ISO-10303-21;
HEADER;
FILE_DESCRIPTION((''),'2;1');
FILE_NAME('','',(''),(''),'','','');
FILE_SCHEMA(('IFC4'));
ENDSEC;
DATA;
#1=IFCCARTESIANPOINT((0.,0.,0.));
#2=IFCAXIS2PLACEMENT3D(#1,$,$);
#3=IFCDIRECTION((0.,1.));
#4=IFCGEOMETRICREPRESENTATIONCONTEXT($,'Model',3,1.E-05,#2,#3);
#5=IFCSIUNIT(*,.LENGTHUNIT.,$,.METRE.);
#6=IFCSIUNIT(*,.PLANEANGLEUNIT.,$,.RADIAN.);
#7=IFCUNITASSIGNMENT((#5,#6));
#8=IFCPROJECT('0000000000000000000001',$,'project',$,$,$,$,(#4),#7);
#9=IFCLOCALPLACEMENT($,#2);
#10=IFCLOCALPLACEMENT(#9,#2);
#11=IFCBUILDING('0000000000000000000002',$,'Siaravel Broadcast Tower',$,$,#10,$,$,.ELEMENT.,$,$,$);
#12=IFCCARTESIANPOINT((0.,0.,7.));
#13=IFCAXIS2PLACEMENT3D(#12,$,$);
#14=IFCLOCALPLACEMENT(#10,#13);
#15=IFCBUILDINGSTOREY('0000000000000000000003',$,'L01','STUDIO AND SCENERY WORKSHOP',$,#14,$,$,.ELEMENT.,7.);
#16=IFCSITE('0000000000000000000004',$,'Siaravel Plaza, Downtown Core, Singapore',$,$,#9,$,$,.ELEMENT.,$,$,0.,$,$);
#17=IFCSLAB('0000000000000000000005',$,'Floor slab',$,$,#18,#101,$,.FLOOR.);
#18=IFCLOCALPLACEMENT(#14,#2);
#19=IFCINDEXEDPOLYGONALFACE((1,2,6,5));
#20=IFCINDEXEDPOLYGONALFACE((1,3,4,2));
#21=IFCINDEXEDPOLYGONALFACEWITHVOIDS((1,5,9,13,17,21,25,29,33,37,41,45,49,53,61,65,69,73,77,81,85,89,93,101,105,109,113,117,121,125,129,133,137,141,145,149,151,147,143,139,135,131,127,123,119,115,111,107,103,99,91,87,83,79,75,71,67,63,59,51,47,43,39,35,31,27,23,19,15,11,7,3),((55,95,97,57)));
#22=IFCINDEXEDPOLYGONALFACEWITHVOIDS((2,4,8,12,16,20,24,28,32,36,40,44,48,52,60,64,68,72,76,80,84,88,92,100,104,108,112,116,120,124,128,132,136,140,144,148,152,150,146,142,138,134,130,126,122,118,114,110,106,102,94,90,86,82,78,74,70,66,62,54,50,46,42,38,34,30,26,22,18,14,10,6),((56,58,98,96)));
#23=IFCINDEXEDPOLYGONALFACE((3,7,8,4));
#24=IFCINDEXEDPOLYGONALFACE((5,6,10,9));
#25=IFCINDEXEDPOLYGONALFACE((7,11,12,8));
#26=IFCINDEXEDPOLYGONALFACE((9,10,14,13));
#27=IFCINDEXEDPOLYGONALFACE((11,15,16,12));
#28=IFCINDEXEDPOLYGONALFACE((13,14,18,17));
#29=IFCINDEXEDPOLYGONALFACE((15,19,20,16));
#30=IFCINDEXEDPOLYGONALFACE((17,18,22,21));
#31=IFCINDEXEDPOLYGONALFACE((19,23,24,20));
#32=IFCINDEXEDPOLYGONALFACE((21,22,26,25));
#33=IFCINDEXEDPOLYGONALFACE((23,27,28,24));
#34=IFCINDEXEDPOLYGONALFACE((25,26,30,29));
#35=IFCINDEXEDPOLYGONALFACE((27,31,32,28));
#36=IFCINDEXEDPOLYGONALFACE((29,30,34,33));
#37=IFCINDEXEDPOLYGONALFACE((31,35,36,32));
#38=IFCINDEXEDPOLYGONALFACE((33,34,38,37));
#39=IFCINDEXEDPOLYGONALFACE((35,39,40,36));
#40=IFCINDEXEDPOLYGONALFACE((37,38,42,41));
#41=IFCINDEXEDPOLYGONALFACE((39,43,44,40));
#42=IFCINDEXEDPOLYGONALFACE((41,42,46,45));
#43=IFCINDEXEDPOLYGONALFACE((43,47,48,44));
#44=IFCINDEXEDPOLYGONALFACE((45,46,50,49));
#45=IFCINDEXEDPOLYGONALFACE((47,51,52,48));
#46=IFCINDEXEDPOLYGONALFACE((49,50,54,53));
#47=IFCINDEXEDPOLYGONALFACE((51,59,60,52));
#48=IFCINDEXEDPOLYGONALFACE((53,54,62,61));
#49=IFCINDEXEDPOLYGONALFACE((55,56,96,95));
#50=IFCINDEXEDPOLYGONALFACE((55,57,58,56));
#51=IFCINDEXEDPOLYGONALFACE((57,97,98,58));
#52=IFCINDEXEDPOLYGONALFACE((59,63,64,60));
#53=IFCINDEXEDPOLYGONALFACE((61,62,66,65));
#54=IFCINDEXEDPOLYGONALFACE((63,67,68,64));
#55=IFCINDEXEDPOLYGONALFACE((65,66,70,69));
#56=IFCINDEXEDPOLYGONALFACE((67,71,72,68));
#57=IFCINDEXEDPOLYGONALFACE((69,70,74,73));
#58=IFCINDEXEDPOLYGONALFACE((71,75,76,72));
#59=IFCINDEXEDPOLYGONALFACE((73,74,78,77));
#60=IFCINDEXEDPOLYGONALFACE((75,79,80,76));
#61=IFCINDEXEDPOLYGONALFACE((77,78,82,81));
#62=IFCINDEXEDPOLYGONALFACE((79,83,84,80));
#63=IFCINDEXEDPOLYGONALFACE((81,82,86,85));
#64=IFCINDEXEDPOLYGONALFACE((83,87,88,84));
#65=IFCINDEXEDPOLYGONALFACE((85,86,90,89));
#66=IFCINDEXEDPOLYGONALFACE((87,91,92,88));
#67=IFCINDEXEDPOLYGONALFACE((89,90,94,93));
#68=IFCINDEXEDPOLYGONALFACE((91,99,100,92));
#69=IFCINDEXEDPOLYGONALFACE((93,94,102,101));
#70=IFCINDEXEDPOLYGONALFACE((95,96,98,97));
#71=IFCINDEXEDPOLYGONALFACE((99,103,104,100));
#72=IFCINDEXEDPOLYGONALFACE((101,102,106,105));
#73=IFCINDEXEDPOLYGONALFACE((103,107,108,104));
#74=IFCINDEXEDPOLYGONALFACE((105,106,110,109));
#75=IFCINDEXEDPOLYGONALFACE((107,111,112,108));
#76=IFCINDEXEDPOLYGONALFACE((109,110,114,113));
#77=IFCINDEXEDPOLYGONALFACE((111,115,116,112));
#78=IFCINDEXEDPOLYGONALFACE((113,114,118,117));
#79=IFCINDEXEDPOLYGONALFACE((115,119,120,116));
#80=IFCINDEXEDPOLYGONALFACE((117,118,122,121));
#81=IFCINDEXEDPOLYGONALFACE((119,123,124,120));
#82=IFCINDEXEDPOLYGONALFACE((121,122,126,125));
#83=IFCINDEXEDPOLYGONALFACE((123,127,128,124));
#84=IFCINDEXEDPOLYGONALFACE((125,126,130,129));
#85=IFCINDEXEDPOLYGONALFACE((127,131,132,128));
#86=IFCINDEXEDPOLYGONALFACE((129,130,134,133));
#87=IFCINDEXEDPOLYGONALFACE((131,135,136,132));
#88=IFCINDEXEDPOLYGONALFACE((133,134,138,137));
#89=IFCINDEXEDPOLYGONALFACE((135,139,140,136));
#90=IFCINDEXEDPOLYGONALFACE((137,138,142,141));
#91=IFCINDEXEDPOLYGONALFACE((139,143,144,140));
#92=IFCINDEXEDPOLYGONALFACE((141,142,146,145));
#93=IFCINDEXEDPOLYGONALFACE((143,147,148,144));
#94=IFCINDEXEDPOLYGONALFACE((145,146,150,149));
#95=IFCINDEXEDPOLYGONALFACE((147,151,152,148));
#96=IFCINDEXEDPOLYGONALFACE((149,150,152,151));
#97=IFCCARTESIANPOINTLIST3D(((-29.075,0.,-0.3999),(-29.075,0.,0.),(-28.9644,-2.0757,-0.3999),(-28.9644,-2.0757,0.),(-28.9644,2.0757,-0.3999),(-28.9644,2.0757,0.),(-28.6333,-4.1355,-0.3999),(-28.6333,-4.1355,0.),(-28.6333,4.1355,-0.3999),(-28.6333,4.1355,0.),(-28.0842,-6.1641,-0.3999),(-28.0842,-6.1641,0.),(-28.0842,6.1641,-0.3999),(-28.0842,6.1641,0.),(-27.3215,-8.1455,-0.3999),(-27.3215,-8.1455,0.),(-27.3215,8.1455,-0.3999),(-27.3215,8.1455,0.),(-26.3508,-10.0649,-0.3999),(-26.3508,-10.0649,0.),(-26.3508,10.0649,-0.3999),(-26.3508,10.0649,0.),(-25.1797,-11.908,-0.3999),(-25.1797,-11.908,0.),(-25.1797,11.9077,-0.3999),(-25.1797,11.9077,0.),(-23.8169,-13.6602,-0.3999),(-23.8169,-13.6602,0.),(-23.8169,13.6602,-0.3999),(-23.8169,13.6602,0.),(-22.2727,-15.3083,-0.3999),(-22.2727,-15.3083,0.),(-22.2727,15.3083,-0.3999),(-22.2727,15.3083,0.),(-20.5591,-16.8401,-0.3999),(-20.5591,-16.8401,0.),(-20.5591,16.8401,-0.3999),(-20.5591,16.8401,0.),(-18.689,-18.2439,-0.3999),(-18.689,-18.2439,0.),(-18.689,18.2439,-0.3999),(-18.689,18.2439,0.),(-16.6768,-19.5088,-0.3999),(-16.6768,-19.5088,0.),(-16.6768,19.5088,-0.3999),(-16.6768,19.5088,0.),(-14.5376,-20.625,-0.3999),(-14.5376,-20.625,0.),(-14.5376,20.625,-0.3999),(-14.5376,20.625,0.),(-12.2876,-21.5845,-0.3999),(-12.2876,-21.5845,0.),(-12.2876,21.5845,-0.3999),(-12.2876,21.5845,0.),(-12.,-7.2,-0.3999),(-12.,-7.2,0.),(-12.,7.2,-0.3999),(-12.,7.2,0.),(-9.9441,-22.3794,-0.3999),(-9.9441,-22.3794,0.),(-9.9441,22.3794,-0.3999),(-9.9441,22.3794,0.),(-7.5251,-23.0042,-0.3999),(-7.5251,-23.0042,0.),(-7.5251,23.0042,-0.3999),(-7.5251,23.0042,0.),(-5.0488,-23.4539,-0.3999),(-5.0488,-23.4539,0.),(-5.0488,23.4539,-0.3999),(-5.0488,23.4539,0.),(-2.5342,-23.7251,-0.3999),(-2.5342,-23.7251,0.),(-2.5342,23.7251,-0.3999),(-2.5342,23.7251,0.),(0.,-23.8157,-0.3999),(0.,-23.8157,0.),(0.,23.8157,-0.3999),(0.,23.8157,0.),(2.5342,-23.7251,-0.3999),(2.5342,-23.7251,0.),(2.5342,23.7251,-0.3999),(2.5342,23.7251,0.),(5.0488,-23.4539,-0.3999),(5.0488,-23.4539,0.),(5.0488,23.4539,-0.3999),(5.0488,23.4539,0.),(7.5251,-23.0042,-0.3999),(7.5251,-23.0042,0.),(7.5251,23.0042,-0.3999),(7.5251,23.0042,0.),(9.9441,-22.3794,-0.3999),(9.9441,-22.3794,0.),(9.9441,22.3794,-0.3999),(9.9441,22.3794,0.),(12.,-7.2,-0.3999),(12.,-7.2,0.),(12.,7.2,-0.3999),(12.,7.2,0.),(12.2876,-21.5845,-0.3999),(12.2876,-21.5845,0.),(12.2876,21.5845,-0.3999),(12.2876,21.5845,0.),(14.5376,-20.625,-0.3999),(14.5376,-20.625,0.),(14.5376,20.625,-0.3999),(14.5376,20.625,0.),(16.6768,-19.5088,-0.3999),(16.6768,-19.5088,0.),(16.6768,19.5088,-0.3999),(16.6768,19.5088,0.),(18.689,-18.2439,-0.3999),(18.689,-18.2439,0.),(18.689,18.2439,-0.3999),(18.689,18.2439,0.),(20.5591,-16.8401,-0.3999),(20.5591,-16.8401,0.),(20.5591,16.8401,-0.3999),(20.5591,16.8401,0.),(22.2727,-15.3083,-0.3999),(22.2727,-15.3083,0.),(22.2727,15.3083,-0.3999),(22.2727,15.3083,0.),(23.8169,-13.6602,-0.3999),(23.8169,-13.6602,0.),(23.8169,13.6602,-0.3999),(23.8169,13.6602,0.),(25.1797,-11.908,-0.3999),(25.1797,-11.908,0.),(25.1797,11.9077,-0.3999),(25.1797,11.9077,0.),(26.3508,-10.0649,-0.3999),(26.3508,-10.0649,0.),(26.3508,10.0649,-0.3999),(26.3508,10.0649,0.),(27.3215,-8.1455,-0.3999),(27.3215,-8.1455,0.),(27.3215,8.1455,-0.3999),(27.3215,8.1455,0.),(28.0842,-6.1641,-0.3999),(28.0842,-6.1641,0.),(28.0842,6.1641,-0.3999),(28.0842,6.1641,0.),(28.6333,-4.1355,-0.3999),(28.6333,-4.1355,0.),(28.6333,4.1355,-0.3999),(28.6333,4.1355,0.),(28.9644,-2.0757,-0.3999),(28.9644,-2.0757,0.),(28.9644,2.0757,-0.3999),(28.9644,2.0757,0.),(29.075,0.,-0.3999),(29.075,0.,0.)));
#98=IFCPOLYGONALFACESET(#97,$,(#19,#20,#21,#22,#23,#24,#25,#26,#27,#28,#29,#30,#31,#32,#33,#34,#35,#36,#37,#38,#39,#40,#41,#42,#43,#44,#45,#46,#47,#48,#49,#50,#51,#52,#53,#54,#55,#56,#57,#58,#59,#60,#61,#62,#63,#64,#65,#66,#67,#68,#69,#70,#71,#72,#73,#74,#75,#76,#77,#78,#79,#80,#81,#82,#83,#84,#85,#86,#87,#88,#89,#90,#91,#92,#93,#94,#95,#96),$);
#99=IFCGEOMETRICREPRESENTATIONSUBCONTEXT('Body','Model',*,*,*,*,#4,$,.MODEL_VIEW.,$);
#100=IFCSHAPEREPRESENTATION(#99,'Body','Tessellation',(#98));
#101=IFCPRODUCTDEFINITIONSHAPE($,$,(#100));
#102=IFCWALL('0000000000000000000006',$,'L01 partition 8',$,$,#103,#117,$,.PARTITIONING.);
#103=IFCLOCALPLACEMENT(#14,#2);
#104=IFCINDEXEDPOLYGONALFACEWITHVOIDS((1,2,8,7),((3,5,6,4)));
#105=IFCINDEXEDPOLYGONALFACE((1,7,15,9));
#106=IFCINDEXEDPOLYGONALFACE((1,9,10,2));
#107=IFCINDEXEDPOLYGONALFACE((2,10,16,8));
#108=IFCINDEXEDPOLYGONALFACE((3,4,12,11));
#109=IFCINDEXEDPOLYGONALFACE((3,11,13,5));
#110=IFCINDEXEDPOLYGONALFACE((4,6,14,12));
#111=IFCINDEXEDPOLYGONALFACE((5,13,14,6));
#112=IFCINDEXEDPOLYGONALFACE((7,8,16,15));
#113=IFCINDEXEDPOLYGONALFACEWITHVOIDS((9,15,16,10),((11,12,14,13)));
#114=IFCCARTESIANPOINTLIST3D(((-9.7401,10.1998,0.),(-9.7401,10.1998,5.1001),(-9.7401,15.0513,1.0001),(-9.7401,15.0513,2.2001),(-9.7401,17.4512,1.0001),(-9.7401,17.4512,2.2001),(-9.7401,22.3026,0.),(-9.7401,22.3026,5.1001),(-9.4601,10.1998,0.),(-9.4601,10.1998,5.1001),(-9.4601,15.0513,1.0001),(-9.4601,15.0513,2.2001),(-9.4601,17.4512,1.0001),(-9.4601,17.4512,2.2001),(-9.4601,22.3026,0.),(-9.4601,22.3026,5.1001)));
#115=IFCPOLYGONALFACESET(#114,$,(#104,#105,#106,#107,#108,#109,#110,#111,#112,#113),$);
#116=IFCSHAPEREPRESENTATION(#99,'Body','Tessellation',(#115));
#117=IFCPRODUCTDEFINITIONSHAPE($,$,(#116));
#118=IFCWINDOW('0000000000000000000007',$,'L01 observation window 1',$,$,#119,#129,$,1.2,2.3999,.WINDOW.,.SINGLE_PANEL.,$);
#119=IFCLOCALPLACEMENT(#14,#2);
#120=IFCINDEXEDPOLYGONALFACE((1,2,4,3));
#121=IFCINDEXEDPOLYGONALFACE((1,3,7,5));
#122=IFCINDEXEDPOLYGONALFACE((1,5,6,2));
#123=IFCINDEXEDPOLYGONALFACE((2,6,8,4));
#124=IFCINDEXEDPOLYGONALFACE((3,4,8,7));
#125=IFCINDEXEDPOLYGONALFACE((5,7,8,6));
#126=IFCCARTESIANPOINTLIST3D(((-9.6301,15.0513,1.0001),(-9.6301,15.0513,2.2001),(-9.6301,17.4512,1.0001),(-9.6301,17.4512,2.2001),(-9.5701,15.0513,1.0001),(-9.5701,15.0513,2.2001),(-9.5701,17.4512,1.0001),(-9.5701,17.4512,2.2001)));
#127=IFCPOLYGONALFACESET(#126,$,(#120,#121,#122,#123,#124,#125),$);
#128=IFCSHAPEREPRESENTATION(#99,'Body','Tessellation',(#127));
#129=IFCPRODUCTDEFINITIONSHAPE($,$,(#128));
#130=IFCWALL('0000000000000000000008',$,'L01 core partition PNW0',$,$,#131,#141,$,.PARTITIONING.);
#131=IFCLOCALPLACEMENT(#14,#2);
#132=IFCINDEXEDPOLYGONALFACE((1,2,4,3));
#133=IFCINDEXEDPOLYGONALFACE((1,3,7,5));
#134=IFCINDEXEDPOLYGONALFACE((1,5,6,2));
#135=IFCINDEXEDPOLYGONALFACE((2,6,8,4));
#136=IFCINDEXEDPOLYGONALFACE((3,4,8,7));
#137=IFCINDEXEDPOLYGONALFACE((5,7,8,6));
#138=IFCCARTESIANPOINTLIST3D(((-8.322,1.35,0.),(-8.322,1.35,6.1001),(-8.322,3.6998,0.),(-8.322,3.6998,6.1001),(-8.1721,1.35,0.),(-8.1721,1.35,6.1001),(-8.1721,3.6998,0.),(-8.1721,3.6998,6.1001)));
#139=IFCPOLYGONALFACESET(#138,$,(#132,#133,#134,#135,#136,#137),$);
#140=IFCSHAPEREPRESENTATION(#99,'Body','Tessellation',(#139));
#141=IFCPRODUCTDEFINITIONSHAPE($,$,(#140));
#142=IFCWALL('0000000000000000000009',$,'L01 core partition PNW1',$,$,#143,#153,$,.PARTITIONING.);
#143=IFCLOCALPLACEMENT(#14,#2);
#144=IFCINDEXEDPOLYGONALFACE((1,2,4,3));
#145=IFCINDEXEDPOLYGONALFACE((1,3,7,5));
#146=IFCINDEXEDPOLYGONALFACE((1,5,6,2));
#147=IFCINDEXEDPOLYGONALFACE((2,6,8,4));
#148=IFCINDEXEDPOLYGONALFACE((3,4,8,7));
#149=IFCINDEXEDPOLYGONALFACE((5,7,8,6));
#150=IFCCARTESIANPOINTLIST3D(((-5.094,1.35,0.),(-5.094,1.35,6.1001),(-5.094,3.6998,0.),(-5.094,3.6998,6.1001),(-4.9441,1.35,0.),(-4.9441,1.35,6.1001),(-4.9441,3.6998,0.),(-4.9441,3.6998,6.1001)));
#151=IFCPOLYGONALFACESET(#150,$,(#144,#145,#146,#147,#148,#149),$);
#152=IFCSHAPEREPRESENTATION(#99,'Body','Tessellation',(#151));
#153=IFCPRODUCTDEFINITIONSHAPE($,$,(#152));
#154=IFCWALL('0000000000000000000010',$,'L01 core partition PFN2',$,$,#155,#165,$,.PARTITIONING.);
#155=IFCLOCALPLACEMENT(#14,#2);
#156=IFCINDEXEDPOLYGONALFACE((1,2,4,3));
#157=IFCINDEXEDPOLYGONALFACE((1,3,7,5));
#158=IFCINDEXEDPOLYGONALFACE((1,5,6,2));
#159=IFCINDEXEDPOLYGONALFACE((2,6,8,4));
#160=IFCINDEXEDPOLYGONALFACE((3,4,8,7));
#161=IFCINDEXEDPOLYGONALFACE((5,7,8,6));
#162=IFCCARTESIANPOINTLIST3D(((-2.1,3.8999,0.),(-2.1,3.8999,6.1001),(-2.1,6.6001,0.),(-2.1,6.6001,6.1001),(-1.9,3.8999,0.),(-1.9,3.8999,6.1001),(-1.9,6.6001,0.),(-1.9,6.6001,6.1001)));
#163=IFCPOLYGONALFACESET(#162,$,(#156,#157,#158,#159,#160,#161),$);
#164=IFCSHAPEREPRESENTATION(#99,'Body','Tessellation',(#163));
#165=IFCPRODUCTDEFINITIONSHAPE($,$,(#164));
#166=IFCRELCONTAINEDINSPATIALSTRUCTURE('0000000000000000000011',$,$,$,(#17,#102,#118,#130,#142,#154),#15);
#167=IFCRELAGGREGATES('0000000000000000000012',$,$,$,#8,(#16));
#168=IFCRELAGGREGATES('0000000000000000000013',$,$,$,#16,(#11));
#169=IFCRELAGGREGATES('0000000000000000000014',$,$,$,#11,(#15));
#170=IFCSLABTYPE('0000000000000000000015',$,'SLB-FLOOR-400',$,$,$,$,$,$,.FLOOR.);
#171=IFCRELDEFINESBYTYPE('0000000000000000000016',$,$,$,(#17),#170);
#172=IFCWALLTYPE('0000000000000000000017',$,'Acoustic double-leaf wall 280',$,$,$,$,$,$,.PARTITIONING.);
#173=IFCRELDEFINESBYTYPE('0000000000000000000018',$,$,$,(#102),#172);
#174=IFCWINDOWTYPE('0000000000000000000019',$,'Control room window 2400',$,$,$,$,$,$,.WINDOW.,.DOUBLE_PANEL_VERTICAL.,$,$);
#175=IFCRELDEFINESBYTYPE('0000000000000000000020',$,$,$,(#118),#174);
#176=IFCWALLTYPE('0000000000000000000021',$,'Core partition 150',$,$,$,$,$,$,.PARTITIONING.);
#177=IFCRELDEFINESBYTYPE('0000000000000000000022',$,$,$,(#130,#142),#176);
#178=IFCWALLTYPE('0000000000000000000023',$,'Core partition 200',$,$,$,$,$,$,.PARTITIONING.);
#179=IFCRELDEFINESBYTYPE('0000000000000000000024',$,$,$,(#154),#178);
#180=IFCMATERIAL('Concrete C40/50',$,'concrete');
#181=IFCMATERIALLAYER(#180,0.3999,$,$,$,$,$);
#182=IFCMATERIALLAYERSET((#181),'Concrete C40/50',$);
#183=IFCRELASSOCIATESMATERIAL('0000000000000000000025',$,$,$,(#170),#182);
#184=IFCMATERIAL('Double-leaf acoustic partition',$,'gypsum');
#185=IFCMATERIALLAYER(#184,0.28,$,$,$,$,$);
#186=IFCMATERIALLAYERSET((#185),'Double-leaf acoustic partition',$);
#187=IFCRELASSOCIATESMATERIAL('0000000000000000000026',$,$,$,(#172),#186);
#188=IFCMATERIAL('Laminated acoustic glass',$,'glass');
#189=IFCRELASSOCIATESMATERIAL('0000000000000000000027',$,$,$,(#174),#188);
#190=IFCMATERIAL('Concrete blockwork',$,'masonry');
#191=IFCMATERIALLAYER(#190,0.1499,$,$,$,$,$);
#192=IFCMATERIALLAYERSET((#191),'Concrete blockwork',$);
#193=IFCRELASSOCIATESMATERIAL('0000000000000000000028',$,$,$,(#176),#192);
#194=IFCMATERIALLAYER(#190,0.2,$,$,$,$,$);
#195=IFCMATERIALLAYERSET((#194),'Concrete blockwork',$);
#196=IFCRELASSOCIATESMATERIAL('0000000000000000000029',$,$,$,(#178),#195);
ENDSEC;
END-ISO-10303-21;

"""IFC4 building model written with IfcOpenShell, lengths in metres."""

from ifc_helpers import new_model, si_unit, direction, frame, frame_2d, origin, place, context, subcontext, project, spatial, polyline, rectangle, outline, extrude, material, layer, layer_set, type_object, element, fill, save


model = new_model("IFC4")

# Units and contexts
model_context = context("Model", 3, precision=1e-05, world=origin(), true_north=direction((0.0, 1.0)))
body_context = subcontext(model_context, "Body", "Model", "MODEL_VIEW")
ifc_project = project(units=[si_unit("LENGTHUNIT", "METRE"), si_unit("PLANEANGLEUNIT", "RADIAN")], contexts=[model_context])

# Site, building, storey
site_placement = place(None, origin())
site = spatial("IfcSite", under=ifc_project, at=site_placement, Name="Siaravel Plaza, Downtown Core, Singapore", CompositionType="ELEMENT", RefElevation=0.0)
building_placement = place(site_placement, origin())
building = spatial("IfcBuilding", under=site, at=building_placement, Name="Siaravel Broadcast Tower", CompositionType="ELEMENT")
storey_placement = place(building_placement, frame((0.0, 0.0, 7.0)))
storey = spatial("IfcBuildingStorey", under=building, at=storey_placement, Name="L01", Description="STUDIO AND SCENERY WORKSHOP", CompositionType="ELEMENT", Elevation=7.0)

# Slab
ifc_material_1 = material(Name="Concrete C40/50", Category="concrete")
ifc_layer_1 = layer(ifc_material_1, 0.3999)
ifc_layer_set_1 = layer_set([ifc_layer_1], Name="Concrete C40/50")
slab_type = type_object("IfcSlabType", Name="SLB-FLOOR-400", PredefinedType="FLOOR", material=ifc_layer_set_1)
slab_placement = place(storey_placement, frame((0.0, 0.0, -0.3999)))
element("IfcSlab", 1, at=slab_placement, inside=storey, type_object=slab_type, Name="Floor slab", PredefinedType="FLOOR", context=body_context, shape_type="SweptSolid", body=[
    extrude(outline(polyline([(29.075, 0.0), (28.9644, 2.0757), (28.6333, 4.1355), (28.0842, 6.1641), (27.3215, 8.1455), (26.3508, 10.0649), (25.1797, 11.9077), (23.8169, 13.6602), (22.2727, 15.3083), (20.5591, 16.8401), (18.689, 18.2439), (16.6768, 19.5088), (14.5376, 20.625), (12.2876, 21.5845), (9.9441, 22.3794), (7.5251, 23.0042), (5.0488, 23.4539), (2.5342, 23.7251), (0.0, 23.8157), (-2.5342, 23.7251), (-5.0488, 23.4539), (-7.5251, 23.0042), (-9.9441, 22.3794), (-12.2876, 21.5845), (-14.5376, 20.625), (-16.6768, 19.5088), (-18.689, 18.2439), (-20.5591, 16.8401), (-22.2727, 15.3083), (-23.8169, 13.6602), (-25.1797, 11.9077), (-26.3508, 10.0649), (-27.3215, 8.1455), (-28.0842, 6.1641), (-28.6333, 4.1355), (-28.9644, 2.0757), (-29.075, 0.0), (-28.9644, -2.0757), (-28.6333, -4.1355), (-28.0842, -6.1641), (-27.3215, -8.1455), (-26.3508, -10.0649), (-25.1797, -11.908), (-23.8169, -13.6602), (-22.2727, -15.3083), (-20.5591, -16.8401), (-18.689, -18.2439), (-16.6768, -19.5088), (-14.5376, -20.625), (-12.2876, -21.5845), (-9.9441, -22.3794), (-7.5251, -23.0042), (-5.0488, -23.4539), (-2.5342, -23.7251), (0.0, -23.8157), (2.5342, -23.7251), (5.0488, -23.4539), (7.5251, -23.0042), (9.9441, -22.3794), (12.2876, -21.5845), (14.5376, -20.625), (16.6768, -19.5088), (18.689, -18.2439), (20.5591, -16.8401), (22.2727, -15.3083), (23.8169, -13.6602), (25.1797, -11.908), (26.3508, -10.0649), (27.3215, -8.1455), (28.0842, -6.1641), (28.6333, -4.1355), (28.9644, -2.0757), (29.075, 0.0)]), holes=[polyline([(-12.0, 7.2), (12.0, 7.2), (12.0, -7.2), (-12.0, -7.2), (-12.0, 7.2)])]), origin(), (0.0, 0.0, 1.0), 0.3999),
])

# Wall, opening, window
ifc_material_2 = material(Name="Double-leaf acoustic partition", Category="gypsum")
ifc_layer_2 = layer(ifc_material_2, 0.28)
ifc_layer_set_2 = layer_set([ifc_layer_2], Name="Double-leaf acoustic partition")
wall_type_1 = type_object("IfcWallType", Name="Acoustic double-leaf wall 280", PredefinedType="PARTITIONING", material=ifc_layer_set_2)
wall_1_placement = place(storey_placement, frame((-9.6001, 10.2, 0.0), z_axis=(0.0, 0.0, 1.0), x_axis=(0.0, 1.0, 0.0)))
wall_1 = element("IfcWall", 2, at=wall_1_placement, inside=storey, type_object=wall_type_1, Name="L01 partition 8", PredefinedType="PARTITIONING", context=body_context, shape_type="SweptSolid", body=[
    extrude(rectangle(XDim=12.1028, YDim=0.28, at=frame_2d((6.0513, 0.0))), origin(), (0.0, 0.0, 1.0), 5.1001),
])
opening_1_placement = place(wall_1_placement, frame((4.8513, 0.0, 1.0)))
opening_1 = element("IfcOpeningElement", 3, at=opening_1_placement, cuts=wall_1, PredefinedType="OPENING", context=body_context, shape_type="SweptSolid", body=[
    extrude(rectangle(XDim=2.3999, YDim=1.2, at=frame_2d((1.2, 0.6001))), frame((0.0, 0.1499, 0.0), z_axis=(0.0, -1.0, 0.0), x_axis=(1.0, 0.0, 0.0)), (0.0, 0.0, 1.0), 0.3),
])
ifc_material_3 = material(Name="Laminated acoustic glass", Category="glass")
window_type = type_object("IfcWindowType", Name="Control room window 2400", PartitioningType="DOUBLE_PANEL_VERTICAL", PredefinedType="WINDOW", material=ifc_material_3)
window_placement = place(opening_1_placement, origin())
window = element("IfcWindow", 4, at=window_placement, inside=storey, type_object=window_type, Name="L01 observation window 1", OverallHeight=1.2, OverallWidth=2.3999, PartitioningType="SINGLE_PANEL", PredefinedType="WINDOW", context=body_context, shape_type="SweptSolid", body=[
    extrude(rectangle(XDim=2.3999, YDim=1.2, at=frame_2d((1.2, 0.6001))), frame((0.0, 0.03, 0.0), z_axis=(0.0, -1.0, 0.0), x_axis=(1.0, 0.0, 0.0)), (0.0, 0.0, 1.0), 0.0601),
])
fill(opening_1, window)

# Walls
ifc_material_4 = material(Name="Concrete blockwork", Category="masonry")
ifc_layer_3 = layer(ifc_material_4, 0.1499)
ifc_layer_set_3 = layer_set([ifc_layer_3], Name="Concrete blockwork")
wall_type_2 = type_object("IfcWallType", Name="Core partition 150", PredefinedType="PARTITIONING", material=ifc_layer_set_3)
for number, where, z_axis, x_axis, name in (
    (5, (-8.2471, 1.3501, 0.0), (0.0, 0.0, 1.0), (0.0, 1.0, 0.0), "L01 core partition PNW0"),
    (6, (-5.019, 1.3501, 0.0), (0.0, 0.0, 1.0), (0.0, 1.0, 0.0), "L01 core partition PNW1"),
):
    element("IfcWall", number, at=place(storey_placement, frame(where, z_axis=z_axis, x_axis=x_axis)), inside=storey, type_object=wall_type_2, Name=name, PredefinedType="PARTITIONING", context=body_context, shape_type="SweptSolid", body=[
        extrude(rectangle(XDim=2.3499, YDim=0.1499, at=frame_2d((1.1748, 0.0))), origin(), (0.0, 0.0, 1.0), 6.1001),
    ])
ifc_layer_4 = layer(ifc_material_4, 0.2)
ifc_layer_set_4 = layer_set([ifc_layer_4], Name="Concrete blockwork")
wall_type_3 = type_object("IfcWallType", Name="Core partition 200", PredefinedType="PARTITIONING", material=ifc_layer_set_4)
wall_2_placement = place(storey_placement, frame((-2.0, 3.8999, 0.0), z_axis=(0.0, 0.0, 1.0), x_axis=(0.0, 1.0, 0.0)))
element("IfcWall", 7, at=wall_2_placement, inside=storey, type_object=wall_type_3, Name="L01 core partition PFN2", PredefinedType="PARTITIONING", context=body_context, shape_type="SweptSolid", body=[
    extrude(rectangle(XDim=2.7002, YDim=0.2, at=frame_2d((1.3501, 0.0))), origin(), (0.0, 0.0, 1.0), 6.1001),
])

save(model, "model.ifc")
